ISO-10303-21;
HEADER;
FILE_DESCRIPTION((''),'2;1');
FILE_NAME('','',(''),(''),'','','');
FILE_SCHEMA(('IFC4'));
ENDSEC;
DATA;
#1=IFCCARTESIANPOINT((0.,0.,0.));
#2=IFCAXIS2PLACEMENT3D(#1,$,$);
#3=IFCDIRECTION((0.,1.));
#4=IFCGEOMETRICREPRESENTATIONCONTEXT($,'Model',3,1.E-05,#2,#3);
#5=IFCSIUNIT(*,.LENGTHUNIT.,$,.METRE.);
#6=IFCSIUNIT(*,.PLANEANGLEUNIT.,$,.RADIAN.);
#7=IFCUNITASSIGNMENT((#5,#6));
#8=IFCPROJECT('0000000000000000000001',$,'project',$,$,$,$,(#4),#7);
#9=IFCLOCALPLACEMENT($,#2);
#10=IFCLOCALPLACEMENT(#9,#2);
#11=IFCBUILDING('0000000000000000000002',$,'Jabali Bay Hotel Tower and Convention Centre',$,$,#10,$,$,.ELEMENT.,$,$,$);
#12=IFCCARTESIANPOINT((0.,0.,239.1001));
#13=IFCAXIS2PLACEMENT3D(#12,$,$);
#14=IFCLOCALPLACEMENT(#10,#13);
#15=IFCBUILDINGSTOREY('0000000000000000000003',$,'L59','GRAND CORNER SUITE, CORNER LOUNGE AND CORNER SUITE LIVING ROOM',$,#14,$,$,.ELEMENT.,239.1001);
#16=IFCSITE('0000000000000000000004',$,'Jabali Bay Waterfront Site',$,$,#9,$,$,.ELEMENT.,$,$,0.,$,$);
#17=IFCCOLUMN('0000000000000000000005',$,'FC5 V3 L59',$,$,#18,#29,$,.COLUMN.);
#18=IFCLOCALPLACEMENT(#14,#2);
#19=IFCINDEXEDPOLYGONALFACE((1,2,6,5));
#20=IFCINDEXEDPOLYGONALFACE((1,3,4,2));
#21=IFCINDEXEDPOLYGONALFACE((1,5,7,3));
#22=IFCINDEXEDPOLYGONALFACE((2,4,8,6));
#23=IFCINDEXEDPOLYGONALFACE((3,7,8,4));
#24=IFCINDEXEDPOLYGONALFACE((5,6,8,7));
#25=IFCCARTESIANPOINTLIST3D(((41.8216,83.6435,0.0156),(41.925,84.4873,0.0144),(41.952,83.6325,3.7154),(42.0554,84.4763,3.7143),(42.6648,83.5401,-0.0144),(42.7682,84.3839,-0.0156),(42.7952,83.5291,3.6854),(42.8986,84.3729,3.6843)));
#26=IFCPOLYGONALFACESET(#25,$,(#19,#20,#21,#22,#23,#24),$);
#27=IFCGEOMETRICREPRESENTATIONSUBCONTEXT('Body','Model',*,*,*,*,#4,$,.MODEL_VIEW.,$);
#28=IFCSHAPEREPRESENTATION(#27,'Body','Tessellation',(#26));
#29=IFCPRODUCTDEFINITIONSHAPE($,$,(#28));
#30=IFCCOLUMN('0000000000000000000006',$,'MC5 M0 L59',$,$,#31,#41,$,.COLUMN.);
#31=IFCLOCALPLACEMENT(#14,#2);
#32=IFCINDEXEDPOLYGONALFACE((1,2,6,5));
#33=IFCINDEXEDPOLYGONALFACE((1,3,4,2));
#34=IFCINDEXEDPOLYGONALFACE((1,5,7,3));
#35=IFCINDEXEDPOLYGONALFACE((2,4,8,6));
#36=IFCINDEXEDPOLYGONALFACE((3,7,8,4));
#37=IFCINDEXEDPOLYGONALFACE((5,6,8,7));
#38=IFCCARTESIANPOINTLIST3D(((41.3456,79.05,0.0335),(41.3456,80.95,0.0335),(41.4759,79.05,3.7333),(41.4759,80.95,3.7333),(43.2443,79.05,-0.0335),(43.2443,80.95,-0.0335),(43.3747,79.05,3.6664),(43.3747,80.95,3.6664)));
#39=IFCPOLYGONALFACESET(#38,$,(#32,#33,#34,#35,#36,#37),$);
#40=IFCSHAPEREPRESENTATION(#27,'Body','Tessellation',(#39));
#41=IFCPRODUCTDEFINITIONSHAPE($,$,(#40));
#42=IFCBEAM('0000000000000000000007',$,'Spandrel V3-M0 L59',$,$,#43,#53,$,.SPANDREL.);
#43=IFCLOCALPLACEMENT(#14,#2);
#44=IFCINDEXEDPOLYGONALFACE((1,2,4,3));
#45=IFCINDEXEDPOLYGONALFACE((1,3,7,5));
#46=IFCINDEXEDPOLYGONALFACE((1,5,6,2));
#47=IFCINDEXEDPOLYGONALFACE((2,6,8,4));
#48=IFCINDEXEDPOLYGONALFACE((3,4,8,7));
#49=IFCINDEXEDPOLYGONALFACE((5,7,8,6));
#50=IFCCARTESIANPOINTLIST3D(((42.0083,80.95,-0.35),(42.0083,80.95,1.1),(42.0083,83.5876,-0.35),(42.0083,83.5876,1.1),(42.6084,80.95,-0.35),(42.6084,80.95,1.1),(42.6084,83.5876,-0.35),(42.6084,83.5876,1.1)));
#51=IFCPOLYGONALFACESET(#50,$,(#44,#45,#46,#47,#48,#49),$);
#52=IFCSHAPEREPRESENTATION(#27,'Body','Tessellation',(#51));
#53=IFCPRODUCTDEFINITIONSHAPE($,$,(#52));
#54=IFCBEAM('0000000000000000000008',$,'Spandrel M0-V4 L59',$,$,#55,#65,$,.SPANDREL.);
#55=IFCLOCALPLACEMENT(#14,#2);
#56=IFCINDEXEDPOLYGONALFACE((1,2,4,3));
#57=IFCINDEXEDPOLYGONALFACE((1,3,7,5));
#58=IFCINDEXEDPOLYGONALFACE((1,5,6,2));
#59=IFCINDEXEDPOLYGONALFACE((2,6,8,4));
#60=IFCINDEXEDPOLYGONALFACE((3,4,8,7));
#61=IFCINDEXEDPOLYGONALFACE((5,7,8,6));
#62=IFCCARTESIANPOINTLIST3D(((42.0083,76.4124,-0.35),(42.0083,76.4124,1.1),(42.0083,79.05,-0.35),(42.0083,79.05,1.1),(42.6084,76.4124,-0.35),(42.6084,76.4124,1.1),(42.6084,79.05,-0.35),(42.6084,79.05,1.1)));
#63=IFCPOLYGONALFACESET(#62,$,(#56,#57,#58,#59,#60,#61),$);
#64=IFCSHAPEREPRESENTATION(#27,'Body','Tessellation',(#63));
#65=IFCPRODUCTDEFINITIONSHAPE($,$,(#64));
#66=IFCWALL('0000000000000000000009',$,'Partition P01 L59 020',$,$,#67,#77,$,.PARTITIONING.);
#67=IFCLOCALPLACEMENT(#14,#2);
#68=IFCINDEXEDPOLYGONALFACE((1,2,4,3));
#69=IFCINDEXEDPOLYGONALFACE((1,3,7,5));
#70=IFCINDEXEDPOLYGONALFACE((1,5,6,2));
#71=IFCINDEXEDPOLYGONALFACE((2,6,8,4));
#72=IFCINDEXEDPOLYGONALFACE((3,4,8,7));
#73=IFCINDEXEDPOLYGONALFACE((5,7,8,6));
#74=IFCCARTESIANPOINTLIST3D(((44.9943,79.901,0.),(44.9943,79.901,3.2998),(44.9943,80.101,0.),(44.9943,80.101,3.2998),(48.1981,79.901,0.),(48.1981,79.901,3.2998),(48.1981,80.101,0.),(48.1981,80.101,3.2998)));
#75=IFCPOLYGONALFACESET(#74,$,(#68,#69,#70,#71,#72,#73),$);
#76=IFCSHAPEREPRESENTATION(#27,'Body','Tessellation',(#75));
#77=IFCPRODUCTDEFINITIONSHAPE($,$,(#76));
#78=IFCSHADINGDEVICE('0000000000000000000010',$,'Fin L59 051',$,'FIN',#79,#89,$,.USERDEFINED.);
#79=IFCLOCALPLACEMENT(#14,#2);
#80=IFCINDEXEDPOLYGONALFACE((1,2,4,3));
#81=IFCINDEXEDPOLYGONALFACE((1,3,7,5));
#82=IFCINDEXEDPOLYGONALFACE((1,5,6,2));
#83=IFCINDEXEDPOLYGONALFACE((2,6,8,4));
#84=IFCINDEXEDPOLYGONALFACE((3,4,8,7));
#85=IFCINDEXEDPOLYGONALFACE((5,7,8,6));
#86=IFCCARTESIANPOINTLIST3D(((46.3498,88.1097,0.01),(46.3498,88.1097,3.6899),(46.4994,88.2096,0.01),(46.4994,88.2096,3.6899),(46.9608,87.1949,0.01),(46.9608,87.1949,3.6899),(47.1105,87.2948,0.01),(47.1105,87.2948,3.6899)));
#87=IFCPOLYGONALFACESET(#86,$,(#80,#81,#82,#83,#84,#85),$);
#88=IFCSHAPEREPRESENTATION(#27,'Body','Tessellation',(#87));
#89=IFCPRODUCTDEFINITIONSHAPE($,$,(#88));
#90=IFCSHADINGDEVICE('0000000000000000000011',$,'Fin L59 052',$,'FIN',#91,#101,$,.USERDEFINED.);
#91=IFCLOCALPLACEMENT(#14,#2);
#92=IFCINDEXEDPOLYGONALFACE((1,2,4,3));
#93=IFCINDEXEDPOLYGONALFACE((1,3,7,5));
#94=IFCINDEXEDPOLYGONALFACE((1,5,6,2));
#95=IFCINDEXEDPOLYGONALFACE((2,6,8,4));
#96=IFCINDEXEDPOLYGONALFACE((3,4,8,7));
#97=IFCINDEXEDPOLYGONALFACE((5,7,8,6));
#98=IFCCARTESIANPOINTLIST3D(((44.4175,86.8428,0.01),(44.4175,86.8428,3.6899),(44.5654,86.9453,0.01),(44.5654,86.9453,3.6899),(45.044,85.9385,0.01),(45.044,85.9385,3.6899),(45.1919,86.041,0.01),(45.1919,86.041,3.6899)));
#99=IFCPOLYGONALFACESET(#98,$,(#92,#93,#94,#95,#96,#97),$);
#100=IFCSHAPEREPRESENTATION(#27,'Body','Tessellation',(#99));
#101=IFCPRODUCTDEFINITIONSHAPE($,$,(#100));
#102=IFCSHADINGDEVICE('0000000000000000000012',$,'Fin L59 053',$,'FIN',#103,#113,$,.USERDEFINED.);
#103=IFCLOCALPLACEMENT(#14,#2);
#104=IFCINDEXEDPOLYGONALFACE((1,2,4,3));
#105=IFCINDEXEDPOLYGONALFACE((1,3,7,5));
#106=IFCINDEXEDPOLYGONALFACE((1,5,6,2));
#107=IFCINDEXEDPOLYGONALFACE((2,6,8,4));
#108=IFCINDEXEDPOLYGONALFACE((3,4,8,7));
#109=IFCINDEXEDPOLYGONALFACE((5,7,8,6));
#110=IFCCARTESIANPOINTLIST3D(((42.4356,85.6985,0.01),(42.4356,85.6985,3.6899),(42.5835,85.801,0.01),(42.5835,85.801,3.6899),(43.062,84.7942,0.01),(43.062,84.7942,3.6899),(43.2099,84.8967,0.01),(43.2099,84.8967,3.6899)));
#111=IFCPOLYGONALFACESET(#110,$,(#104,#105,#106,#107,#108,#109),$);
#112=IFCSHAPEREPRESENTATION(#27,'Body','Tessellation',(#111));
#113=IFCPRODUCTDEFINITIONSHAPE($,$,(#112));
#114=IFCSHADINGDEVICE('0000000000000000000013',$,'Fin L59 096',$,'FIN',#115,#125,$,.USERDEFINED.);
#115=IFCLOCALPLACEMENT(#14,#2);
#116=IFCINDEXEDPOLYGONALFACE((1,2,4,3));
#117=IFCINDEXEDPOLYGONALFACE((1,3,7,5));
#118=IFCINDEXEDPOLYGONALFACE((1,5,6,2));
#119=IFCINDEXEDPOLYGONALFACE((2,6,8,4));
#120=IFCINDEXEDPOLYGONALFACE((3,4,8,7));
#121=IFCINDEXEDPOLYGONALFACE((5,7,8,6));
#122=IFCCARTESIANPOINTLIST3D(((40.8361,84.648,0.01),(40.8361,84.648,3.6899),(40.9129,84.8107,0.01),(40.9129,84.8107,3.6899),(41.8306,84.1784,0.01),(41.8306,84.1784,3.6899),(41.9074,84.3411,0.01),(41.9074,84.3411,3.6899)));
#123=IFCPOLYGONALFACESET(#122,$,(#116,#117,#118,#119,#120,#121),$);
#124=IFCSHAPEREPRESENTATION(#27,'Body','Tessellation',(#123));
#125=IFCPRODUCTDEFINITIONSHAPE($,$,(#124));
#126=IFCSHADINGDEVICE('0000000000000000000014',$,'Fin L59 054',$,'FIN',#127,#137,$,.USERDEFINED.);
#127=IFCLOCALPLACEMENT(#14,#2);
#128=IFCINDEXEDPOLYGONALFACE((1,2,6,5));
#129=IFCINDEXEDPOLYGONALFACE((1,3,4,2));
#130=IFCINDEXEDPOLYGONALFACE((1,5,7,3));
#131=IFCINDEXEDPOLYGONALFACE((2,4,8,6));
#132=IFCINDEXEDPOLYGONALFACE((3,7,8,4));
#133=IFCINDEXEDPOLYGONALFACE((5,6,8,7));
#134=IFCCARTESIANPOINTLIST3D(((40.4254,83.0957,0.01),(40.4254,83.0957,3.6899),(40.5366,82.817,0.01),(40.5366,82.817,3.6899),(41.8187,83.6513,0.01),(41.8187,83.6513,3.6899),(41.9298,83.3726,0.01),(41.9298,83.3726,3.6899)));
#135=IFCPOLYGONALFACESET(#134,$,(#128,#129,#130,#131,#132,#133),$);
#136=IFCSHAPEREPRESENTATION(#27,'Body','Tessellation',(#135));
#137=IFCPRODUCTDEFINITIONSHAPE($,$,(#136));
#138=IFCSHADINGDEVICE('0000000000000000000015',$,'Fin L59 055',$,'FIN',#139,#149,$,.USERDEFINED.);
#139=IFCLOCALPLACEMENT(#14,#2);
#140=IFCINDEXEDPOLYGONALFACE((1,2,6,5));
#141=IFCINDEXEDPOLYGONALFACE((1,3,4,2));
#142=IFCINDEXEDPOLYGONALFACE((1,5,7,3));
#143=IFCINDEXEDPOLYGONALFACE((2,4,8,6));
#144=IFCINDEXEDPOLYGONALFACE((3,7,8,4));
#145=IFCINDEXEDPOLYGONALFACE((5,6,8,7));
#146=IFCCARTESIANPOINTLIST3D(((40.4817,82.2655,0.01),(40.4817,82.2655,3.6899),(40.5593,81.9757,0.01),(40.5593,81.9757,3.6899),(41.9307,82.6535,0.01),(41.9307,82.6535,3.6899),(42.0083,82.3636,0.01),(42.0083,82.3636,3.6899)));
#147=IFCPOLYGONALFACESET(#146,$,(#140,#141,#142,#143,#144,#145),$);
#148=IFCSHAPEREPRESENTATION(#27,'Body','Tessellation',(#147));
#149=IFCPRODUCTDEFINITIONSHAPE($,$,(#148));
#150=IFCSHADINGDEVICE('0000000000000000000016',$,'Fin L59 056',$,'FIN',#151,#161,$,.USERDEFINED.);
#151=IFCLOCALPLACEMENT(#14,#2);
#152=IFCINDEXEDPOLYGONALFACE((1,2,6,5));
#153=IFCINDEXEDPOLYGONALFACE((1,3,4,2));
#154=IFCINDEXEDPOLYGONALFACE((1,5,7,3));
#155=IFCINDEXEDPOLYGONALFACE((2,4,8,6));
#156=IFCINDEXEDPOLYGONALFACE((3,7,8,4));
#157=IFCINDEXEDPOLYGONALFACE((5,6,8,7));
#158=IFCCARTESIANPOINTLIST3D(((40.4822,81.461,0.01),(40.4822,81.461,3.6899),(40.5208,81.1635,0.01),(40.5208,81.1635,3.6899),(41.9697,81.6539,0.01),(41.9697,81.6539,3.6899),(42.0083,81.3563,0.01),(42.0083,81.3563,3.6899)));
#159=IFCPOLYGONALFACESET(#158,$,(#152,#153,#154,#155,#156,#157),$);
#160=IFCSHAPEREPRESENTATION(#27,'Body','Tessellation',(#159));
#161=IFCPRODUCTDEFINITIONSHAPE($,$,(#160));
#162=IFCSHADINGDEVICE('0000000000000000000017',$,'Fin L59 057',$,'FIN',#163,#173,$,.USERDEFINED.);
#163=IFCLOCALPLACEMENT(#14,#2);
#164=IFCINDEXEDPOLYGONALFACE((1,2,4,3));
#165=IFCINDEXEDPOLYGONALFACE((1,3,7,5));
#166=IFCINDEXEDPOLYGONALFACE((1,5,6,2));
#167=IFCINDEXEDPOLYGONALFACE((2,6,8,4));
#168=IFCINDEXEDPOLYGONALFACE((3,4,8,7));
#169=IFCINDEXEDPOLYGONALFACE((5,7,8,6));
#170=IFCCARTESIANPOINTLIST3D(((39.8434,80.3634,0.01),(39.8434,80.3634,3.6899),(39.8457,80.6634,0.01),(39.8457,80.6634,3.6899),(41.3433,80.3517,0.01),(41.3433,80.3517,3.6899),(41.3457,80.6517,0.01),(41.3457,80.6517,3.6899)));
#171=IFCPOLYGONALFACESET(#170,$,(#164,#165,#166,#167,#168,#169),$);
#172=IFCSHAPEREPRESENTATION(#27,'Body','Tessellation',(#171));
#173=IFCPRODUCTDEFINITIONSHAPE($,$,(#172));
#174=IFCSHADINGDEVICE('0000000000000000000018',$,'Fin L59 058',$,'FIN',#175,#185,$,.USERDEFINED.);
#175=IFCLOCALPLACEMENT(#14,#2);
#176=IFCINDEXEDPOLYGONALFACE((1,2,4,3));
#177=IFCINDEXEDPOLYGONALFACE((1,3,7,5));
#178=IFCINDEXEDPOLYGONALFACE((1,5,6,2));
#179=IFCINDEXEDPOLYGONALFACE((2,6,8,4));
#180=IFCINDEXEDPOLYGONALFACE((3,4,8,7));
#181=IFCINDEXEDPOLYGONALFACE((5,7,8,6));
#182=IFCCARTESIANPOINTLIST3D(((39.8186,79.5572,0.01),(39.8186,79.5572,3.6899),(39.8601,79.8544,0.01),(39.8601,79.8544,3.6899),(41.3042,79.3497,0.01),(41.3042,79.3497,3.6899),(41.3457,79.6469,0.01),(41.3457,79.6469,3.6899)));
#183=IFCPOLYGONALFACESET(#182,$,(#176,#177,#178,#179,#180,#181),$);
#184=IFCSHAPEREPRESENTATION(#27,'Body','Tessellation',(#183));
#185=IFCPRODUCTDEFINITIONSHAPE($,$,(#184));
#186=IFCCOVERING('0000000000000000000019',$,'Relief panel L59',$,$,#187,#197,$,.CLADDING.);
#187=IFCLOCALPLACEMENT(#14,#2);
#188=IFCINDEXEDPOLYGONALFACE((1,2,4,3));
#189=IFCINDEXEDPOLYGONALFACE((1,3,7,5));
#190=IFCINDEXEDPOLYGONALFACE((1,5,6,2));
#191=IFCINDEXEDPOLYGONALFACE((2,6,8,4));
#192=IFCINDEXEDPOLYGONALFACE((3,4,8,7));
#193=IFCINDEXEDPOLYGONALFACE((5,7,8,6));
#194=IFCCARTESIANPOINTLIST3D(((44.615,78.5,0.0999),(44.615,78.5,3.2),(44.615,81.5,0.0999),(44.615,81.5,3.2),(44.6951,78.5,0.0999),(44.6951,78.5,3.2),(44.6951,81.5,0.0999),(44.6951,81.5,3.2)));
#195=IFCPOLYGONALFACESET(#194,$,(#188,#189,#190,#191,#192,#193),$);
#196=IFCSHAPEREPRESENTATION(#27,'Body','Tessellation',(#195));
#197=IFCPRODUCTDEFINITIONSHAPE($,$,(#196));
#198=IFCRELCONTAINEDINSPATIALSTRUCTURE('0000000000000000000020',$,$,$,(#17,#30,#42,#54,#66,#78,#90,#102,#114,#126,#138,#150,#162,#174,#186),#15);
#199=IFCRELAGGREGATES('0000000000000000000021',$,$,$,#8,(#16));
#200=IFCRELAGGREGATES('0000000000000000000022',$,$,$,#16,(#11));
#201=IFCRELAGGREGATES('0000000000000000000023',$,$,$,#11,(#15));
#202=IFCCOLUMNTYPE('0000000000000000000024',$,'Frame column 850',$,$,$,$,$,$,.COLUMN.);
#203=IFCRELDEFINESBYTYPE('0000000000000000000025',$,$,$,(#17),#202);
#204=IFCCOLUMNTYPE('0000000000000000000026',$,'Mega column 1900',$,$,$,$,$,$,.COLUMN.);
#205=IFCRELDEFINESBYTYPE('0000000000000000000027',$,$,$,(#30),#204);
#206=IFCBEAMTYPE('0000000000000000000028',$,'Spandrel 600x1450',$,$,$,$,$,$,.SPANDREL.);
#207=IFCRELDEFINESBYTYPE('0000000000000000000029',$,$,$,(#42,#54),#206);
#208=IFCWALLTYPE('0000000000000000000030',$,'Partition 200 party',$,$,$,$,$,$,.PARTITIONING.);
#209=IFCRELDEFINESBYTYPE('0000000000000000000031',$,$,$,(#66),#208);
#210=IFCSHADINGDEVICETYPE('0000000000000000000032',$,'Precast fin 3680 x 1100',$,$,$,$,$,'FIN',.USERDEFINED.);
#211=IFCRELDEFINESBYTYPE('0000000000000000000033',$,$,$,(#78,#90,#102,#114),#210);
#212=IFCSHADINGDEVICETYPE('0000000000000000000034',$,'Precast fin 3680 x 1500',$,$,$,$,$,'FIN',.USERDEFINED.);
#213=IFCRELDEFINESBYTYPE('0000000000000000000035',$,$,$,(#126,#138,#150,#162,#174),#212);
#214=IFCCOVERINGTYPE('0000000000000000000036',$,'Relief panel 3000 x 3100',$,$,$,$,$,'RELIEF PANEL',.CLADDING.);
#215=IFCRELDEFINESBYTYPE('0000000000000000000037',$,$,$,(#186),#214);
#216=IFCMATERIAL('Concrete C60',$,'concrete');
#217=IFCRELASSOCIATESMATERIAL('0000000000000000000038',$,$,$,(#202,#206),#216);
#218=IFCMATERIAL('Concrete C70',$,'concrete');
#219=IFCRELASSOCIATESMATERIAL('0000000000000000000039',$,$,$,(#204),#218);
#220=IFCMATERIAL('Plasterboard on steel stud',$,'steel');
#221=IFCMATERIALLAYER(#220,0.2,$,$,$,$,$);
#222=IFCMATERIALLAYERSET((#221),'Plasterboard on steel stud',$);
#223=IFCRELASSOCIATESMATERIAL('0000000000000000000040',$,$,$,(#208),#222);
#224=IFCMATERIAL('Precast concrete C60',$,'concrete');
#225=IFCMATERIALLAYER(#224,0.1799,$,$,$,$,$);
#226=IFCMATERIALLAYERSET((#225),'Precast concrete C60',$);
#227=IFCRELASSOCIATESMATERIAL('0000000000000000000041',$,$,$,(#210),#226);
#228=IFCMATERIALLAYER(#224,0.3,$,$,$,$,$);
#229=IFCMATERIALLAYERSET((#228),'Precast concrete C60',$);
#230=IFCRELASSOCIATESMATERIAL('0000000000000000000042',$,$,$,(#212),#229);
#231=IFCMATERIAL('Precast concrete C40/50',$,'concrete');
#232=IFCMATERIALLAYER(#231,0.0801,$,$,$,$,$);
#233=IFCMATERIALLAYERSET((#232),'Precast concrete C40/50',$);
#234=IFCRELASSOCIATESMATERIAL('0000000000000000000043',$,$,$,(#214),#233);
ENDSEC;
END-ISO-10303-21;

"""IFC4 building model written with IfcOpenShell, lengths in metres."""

from ifc_helpers import new_model, si_unit, direction, frame, frame_2d, origin, origin_2d, place, context, subcontext, project, spatial, rectangle, extrude, material, layer, layer_set, material_profile, profile_set, type_object, element, save


model = new_model("IFC4")

# Units and contexts
model_context = context("Model", 3, precision=1e-05, world=origin(), true_north=direction((0.0, 1.0)))
body_context = subcontext(model_context, "Body", "Model", "MODEL_VIEW")
ifc_project = project(units=[si_unit("LENGTHUNIT", "METRE"), si_unit("PLANEANGLEUNIT", "RADIAN")], contexts=[model_context])

# Site, building, storey
site_placement = place(None, origin())
site = spatial("IfcSite", under=ifc_project, at=site_placement, Name="Jabali Bay Waterfront Site", CompositionType="ELEMENT", RefElevation=0.0)
building_placement = place(site_placement, origin())
building = spatial("IfcBuilding", under=site, at=building_placement, Name="Jabali Bay Hotel Tower and Convention Centre", CompositionType="ELEMENT")
storey_placement = place(building_placement, frame((0.0, 0.0, 239.1001)))
storey = spatial("IfcBuildingStorey", under=building, at=storey_placement, Name="L59", Description="GRAND CORNER SUITE, CORNER LOUNGE AND CORNER SUITE LIVING ROOM", CompositionType="ELEMENT", Elevation=239.1001)

# Columns
ifc_material_1 = material(Name="Concrete C60", Category="concrete")
ifc_material_profile_1 = material_profile(ifc_material_1, rectangle(XDim=0.8501, YDim=0.8501, at=origin_2d()), Name="Frame column 850")
ifc_profile_set_1 = profile_set([ifc_material_profile_1], Name="Concrete C60")
column_type_1 = type_object("IfcColumnType", Name="Frame column 850", PredefinedType="COLUMN", material=ifc_profile_set_1)
column_1_placement = place(storey_placement, frame((42.2949, 84.0137, 0.0), z_axis=(0.035214, -0.002967, 0.999375), x_axis=(-0.99195, 0.121606, 0.035313)))
element("IfcColumn", 1, at=column_1_placement, inside=storey, type_object=column_type_1, Name="FC5 V3 L59", PredefinedType="COLUMN", context=body_context, shape_type="SweptSolid", body=[
    extrude(rectangle(XDim=0.8501, YDim=0.8501, at=origin_2d()), origin(), (0.0, 0.0, 1.0), 3.7021),
])
ifc_material_2 = material(Name="Concrete C70", Category="concrete")
ifc_material_profile_2 = material_profile(ifc_material_2, rectangle(XDim=1.8999, YDim=1.8999, at=origin_2d()), Name="Mega column 1900")
ifc_profile_set_2 = profile_set([ifc_material_profile_2], Name="Concrete C70")
column_type_2 = type_object("IfcColumnType", Name="Mega column 1900", PredefinedType="COLUMN", material=ifc_profile_set_2)
column_2_placement = place(storey_placement, frame((42.2949, 80.0, 0.0), z_axis=(0.035214, 0.0, 0.99938), x_axis=(0.0, 1.0, 0.0)))
element("IfcColumn", 2, at=column_2_placement, inside=storey, type_object=column_type_2, Name="MC5 M0 L59", PredefinedType="COLUMN", context=body_context, shape_type="SweptSolid", body=[
    extrude(rectangle(XDim=1.8999, YDim=1.8999, at=origin_2d()), origin(), (0.0, 0.0, 1.0), 3.7021),
])

# Beams
ifc_material_profile_3 = material_profile(ifc_material_1, rectangle(XDim=0.6001, YDim=1.45, at=origin_2d()), Name="Spandrel 600x1450")
ifc_profile_set_3 = profile_set([ifc_material_profile_3], Name="Concrete C60")
beam_type = type_object("IfcBeamType", Name="Spandrel 600x1450", PredefinedType="SPANDREL", material=ifc_profile_set_3)
for number, where, z_axis, x_axis, name in (
    (3, (42.3083, 83.5876, 0.375), (0.0, -1.0, 0.0), (1.0, 0.0, 0.0), "Spandrel V3-M0 L59"),
    (4, (42.3083, 79.05, 0.375), (0.0, -1.0, 0.0), (1.0, 0.0, 0.0), "Spandrel M0-V4 L59"),
):
    element("IfcBeam", number, at=place(storey_placement, frame(where, z_axis=z_axis, x_axis=x_axis)), inside=storey, type_object=beam_type, Name=name, PredefinedType="SPANDREL", context=body_context, shape_type="SweptSolid", body=[
        extrude(rectangle(XDim=0.6001, YDim=1.45, at=origin_2d()), origin(), (0.0, 0.0, 1.0), 2.6377),
    ])

# Wall
ifc_material_3 = material(Name="Plasterboard on steel stud", Category="steel")
ifc_layer_1 = layer(ifc_material_3, 0.2)
ifc_layer_set_1 = layer_set([ifc_layer_1], Name="Plasterboard on steel stud")
wall_type_1 = type_object("IfcWallType", Name="Partition 200 party", PredefinedType="PARTITIONING", material=ifc_layer_set_1)
wall_1_placement = place(storey_placement, frame((44.9941, 80.001, 0.0), z_axis=(0.0, 0.0, 1.0), x_axis=(1.0, 0.0, 0.0)))
element("IfcWall", 5, at=wall_1_placement, inside=storey, type_object=wall_type_1, Name="Partition P01 L59 020", PredefinedType="PARTITIONING", context=body_context, shape_type="SweptSolid", body=[
    extrude(rectangle(XDim=3.2039, YDim=0.2, at=frame_2d((1.6021, 0.0))), origin(), (0.0, 0.0, 1.0), 3.2998),
])

# Shading devices
ifc_material_4 = material(Name="Precast concrete C60", Category="concrete")
ifc_layer_2 = layer(ifc_material_4, 0.1799)
ifc_layer_set_2 = layer_set([ifc_layer_2], Name="Precast concrete C60")
shading_device_type_1 = type_object("IfcShadingDeviceType", Name="Precast fin 3680 x 1100", ElementType="FIN", PredefinedType="USERDEFINED", material=ifc_layer_set_2)
for number, where, z_axis, x_axis, name in (
    (6, (47.0356, 87.2449, 0.01), (0.0, 0.0, 1.0), (-0.555468, 0.831538, 0.0), "Fin L59 051"),
    (7, (45.1179, 85.9897, 0.01), (0.0, 0.0, 1.0), (-0.569464, 0.822016, 0.0), "Fin L59 052"),
    (8, (43.136, 84.8455, 0.01), (0.0, 0.0, 1.0), (-0.569464, 0.822016, 0.0), "Fin L59 053"),
):
    element("IfcShadingDevice", number, at=place(storey_placement, frame(where, z_axis=z_axis, x_axis=x_axis)), inside=storey, type_object=shading_device_type_1, Name=name, ObjectType="FIN", PredefinedType="USERDEFINED", context=body_context, shape_type="SweptSolid", body=[
        extrude(rectangle(XDim=1.1001, YDim=0.1799, at=frame_2d((0.55, 0.0))), origin(), (0.0, 0.0, 1.0), 3.6799),
    ])
shading_device_placement = place(storey_placement, frame((41.8689, 84.2598, 0.01), z_axis=(0.0, 0.0, 1.0), x_axis=(-0.904234, 0.427037, 0.0)))
element("IfcShadingDevice", 9, at=shading_device_placement, inside=storey, type_object=shading_device_type_1, Name="Fin L59 096", ObjectType="FIN", PredefinedType="USERDEFINED", context=body_context, shape_type="SweptSolid", body=[
    extrude(rectangle(XDim=1.0999, YDim=0.1799, at=frame_2d((0.5498, 0.0))), origin(), (0.0, 0.0, 1.0), 3.6799),
])
ifc_layer_3 = layer(ifc_material_4, 0.3)
ifc_layer_set_3 = layer_set([ifc_layer_3], Name="Precast concrete C60")
shading_device_type_2 = type_object("IfcShadingDeviceType", Name="Precast fin 3680 x 1500", ElementType="FIN", PredefinedType="USERDEFINED", material=ifc_layer_set_3)
for number, where, z_axis, x_axis, name in (
    (10, (41.8743, 83.512, 0.01), (0.0, 0.0, 1.0), (-0.928858, -0.370436, 0.0), "Fin L59 054"),
    (11, (41.9695, 82.5085, 0.01), (0.0, 0.0, 1.0), (-0.965978, -0.258625, 0.0), "Fin L59 055"),
    (12, (41.989, 81.5051, 0.01), (0.0, 0.0, 1.0), (-0.991699, -0.128581, 0.0), "Fin L59 056"),
    (13, (41.3445, 80.5017, 0.01), (0.0, 0.0, 1.0), (-0.999969, 0.007812, 0.0), "Fin L59 057"),
    (14, (41.325, 79.4983, 0.01), (0.0, 0.0, 1.0), (-0.990384, 0.138345, 0.0), "Fin L59 058"),
):
    element("IfcShadingDevice", number, at=place(storey_placement, frame(where, z_axis=z_axis, x_axis=x_axis)), inside=storey, type_object=shading_device_type_2, Name=name, ObjectType="FIN", PredefinedType="USERDEFINED", context=body_context, shape_type="SweptSolid", body=[
        extrude(rectangle(XDim=1.5, YDim=0.3, at=frame_2d((0.75, 0.0))), origin(), (0.0, 0.0, 1.0), 3.6799),
    ])

# Covering
ifc_material_5 = material(Name="Precast concrete C40/50", Category="concrete")
ifc_layer_4 = layer(ifc_material_5, 0.0801)
ifc_layer_set_4 = layer_set([ifc_layer_4], Name="Precast concrete C40/50")
covering_type = type_object("IfcCoveringType", Name="Relief panel 3000 x 3100", ElementType="RELIEF PANEL", PredefinedType="CLADDING", material=ifc_layer_set_4)
covering_placement = place(storey_placement, frame((44.655, 80.0, 0.0999), z_axis=(0.0, 0.0, 1.0), x_axis=(0.0, 1.0, 0.0)))
element("IfcCovering", 15, at=covering_placement, inside=storey, type_object=covering_type, Name="Relief panel L59", PredefinedType="CLADDING", context=body_context, shape_type="SweptSolid", body=[
    extrude(rectangle(XDim=3.0, YDim=0.0801, at=origin_2d()), origin(), (0.0, 0.0, 1.0), 3.1001),
])

save(model, "model.ifc")
